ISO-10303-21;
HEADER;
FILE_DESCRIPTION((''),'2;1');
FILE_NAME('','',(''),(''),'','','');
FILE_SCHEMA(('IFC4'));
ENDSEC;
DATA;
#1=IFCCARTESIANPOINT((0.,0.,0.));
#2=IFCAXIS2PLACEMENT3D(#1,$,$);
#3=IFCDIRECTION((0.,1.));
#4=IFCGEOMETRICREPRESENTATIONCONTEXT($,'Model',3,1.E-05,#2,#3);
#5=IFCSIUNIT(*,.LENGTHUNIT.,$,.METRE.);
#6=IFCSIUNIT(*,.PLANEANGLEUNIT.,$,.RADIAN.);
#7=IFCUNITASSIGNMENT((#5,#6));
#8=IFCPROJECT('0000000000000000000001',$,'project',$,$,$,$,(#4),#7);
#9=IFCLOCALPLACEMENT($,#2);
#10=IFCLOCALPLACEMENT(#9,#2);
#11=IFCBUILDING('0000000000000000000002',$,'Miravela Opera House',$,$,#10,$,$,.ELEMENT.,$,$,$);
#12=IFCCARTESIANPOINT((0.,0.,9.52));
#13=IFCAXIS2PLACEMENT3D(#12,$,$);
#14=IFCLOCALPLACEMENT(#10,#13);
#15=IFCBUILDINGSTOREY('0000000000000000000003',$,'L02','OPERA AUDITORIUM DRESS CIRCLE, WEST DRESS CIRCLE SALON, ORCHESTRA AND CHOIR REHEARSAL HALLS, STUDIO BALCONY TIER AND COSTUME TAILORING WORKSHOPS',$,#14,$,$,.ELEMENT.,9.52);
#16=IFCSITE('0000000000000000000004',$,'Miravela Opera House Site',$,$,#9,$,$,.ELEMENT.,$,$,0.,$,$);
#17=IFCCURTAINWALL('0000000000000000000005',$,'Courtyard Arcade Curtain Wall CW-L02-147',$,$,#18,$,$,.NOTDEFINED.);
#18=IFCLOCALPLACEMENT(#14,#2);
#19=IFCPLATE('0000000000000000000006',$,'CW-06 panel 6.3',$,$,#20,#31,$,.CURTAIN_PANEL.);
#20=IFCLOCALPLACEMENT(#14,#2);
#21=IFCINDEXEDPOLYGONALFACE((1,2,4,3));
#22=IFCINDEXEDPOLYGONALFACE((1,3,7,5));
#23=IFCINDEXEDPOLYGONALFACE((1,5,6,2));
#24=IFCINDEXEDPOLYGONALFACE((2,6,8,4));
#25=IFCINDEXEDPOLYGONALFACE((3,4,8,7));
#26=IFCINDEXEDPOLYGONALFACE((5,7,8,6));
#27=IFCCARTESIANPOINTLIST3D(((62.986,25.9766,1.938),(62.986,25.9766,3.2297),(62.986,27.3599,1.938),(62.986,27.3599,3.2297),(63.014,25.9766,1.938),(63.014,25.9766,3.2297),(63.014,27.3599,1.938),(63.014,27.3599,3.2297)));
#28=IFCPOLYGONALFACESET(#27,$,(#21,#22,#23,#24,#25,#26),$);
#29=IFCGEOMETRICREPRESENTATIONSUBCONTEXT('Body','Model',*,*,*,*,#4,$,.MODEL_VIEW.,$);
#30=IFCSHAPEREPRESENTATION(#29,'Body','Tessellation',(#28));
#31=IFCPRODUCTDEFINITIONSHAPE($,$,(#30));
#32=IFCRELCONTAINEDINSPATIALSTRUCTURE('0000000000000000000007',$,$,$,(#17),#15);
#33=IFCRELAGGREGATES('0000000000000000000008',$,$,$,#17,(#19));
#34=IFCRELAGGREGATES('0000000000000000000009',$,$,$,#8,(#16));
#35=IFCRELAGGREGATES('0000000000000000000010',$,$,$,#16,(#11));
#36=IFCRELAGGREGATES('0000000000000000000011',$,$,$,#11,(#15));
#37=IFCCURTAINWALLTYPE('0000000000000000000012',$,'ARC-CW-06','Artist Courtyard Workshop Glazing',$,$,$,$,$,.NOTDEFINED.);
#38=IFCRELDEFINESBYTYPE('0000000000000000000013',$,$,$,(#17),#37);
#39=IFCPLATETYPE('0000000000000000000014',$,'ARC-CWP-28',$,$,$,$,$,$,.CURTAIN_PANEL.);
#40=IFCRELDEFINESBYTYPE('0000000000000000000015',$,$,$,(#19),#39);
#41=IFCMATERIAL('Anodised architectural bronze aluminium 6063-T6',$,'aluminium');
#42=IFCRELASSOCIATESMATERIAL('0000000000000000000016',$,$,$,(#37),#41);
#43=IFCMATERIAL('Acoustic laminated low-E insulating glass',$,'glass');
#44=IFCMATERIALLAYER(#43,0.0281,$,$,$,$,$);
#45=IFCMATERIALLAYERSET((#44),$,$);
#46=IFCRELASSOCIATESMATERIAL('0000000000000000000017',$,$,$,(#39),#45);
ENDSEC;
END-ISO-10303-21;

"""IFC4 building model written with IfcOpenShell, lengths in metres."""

from ifc_helpers import new_model, si_unit, direction, frame, origin, origin_2d, place, context, subcontext, project, spatial, rectangle, extrude, material, layer, layer_set, type_object, element, aggregate, save


model = new_model("IFC4")

# Units and contexts
model_context = context("Model", 3, precision=1e-05, world=origin(), true_north=direction((0.0, 1.0)))
body_context = subcontext(model_context, "Body", "Model", "MODEL_VIEW")
ifc_project = project(units=[si_unit("LENGTHUNIT", "METRE"), si_unit("PLANEANGLEUNIT", "RADIAN")], contexts=[model_context])

# Site, building, storey
site_placement = place(None, origin())
site = spatial("IfcSite", under=ifc_project, at=site_placement, Name="Miravela Opera House Site", CompositionType="ELEMENT", RefElevation=0.0)
building_placement = place(site_placement, origin())
building = spatial("IfcBuilding", under=site, at=building_placement, Name="Miravela Opera House", CompositionType="ELEMENT")
storey_placement = place(building_placement, frame((0.0, 0.0, 9.52)))
storey = spatial("IfcBuildingStorey", under=building, at=storey_placement, Name="L02", Description="OPERA AUDITORIUM DRESS CIRCLE, WEST DRESS CIRCLE SALON, ORCHESTRA AND CHOIR REHEARSAL HALLS, STUDIO BALCONY TIER AND COSTUME TAILORING WORKSHOPS", CompositionType="ELEMENT", Elevation=9.52)

# Curtain wall
ifc_material_1 = material(Name="Anodised architectural bronze aluminium 6063-T6", Category="aluminium")
curtain_wall_type = type_object("IfcCurtainWallType", Name="ARC-CW-06", Description="Artist Courtyard Workshop Glazing", PredefinedType="NOTDEFINED", material=ifc_material_1)
curtain_wall_1_placement = place(storey_placement, origin())
curtain_wall_1 = element("IfcCurtainWall", 1, at=curtain_wall_1_placement, inside=storey, type_object=curtain_wall_type, Name="Courtyard Arcade Curtain Wall CW-L02-147", PredefinedType="NOTDEFINED")

# Shared definitions
ifc_material_2 = material(Name="Acoustic laminated low-E insulating glass", Category="glass")
ifc_layer = layer(ifc_material_2, 0.0281)
ifc_layer_set = layer_set([ifc_layer])
plate_type = type_object("IfcPlateType", Name="ARC-CWP-28", PredefinedType="CURTAIN_PANEL", material=ifc_layer_set)

# Plate
plate_1_placement = place(storey_placement, frame((63.0, 26.6682, 1.938), z_axis=(0.0, 0.0, 1.0), x_axis=(0.0, 1.0, 0.0)))
plate_1 = element("IfcPlate", 2, at=plate_1_placement, type_object=plate_type, Name="CW-06 panel 6.3", PredefinedType="CURTAIN_PANEL", context=body_context, shape_type="SweptSolid", body=[
    extrude(rectangle(XDim=1.3833, YDim=0.0281, at=origin_2d()), origin(), (0.0, 0.0, 1.0), 1.2917),
])
aggregate(curtain_wall_1, [plate_1])

save(model, "model.ifc")
